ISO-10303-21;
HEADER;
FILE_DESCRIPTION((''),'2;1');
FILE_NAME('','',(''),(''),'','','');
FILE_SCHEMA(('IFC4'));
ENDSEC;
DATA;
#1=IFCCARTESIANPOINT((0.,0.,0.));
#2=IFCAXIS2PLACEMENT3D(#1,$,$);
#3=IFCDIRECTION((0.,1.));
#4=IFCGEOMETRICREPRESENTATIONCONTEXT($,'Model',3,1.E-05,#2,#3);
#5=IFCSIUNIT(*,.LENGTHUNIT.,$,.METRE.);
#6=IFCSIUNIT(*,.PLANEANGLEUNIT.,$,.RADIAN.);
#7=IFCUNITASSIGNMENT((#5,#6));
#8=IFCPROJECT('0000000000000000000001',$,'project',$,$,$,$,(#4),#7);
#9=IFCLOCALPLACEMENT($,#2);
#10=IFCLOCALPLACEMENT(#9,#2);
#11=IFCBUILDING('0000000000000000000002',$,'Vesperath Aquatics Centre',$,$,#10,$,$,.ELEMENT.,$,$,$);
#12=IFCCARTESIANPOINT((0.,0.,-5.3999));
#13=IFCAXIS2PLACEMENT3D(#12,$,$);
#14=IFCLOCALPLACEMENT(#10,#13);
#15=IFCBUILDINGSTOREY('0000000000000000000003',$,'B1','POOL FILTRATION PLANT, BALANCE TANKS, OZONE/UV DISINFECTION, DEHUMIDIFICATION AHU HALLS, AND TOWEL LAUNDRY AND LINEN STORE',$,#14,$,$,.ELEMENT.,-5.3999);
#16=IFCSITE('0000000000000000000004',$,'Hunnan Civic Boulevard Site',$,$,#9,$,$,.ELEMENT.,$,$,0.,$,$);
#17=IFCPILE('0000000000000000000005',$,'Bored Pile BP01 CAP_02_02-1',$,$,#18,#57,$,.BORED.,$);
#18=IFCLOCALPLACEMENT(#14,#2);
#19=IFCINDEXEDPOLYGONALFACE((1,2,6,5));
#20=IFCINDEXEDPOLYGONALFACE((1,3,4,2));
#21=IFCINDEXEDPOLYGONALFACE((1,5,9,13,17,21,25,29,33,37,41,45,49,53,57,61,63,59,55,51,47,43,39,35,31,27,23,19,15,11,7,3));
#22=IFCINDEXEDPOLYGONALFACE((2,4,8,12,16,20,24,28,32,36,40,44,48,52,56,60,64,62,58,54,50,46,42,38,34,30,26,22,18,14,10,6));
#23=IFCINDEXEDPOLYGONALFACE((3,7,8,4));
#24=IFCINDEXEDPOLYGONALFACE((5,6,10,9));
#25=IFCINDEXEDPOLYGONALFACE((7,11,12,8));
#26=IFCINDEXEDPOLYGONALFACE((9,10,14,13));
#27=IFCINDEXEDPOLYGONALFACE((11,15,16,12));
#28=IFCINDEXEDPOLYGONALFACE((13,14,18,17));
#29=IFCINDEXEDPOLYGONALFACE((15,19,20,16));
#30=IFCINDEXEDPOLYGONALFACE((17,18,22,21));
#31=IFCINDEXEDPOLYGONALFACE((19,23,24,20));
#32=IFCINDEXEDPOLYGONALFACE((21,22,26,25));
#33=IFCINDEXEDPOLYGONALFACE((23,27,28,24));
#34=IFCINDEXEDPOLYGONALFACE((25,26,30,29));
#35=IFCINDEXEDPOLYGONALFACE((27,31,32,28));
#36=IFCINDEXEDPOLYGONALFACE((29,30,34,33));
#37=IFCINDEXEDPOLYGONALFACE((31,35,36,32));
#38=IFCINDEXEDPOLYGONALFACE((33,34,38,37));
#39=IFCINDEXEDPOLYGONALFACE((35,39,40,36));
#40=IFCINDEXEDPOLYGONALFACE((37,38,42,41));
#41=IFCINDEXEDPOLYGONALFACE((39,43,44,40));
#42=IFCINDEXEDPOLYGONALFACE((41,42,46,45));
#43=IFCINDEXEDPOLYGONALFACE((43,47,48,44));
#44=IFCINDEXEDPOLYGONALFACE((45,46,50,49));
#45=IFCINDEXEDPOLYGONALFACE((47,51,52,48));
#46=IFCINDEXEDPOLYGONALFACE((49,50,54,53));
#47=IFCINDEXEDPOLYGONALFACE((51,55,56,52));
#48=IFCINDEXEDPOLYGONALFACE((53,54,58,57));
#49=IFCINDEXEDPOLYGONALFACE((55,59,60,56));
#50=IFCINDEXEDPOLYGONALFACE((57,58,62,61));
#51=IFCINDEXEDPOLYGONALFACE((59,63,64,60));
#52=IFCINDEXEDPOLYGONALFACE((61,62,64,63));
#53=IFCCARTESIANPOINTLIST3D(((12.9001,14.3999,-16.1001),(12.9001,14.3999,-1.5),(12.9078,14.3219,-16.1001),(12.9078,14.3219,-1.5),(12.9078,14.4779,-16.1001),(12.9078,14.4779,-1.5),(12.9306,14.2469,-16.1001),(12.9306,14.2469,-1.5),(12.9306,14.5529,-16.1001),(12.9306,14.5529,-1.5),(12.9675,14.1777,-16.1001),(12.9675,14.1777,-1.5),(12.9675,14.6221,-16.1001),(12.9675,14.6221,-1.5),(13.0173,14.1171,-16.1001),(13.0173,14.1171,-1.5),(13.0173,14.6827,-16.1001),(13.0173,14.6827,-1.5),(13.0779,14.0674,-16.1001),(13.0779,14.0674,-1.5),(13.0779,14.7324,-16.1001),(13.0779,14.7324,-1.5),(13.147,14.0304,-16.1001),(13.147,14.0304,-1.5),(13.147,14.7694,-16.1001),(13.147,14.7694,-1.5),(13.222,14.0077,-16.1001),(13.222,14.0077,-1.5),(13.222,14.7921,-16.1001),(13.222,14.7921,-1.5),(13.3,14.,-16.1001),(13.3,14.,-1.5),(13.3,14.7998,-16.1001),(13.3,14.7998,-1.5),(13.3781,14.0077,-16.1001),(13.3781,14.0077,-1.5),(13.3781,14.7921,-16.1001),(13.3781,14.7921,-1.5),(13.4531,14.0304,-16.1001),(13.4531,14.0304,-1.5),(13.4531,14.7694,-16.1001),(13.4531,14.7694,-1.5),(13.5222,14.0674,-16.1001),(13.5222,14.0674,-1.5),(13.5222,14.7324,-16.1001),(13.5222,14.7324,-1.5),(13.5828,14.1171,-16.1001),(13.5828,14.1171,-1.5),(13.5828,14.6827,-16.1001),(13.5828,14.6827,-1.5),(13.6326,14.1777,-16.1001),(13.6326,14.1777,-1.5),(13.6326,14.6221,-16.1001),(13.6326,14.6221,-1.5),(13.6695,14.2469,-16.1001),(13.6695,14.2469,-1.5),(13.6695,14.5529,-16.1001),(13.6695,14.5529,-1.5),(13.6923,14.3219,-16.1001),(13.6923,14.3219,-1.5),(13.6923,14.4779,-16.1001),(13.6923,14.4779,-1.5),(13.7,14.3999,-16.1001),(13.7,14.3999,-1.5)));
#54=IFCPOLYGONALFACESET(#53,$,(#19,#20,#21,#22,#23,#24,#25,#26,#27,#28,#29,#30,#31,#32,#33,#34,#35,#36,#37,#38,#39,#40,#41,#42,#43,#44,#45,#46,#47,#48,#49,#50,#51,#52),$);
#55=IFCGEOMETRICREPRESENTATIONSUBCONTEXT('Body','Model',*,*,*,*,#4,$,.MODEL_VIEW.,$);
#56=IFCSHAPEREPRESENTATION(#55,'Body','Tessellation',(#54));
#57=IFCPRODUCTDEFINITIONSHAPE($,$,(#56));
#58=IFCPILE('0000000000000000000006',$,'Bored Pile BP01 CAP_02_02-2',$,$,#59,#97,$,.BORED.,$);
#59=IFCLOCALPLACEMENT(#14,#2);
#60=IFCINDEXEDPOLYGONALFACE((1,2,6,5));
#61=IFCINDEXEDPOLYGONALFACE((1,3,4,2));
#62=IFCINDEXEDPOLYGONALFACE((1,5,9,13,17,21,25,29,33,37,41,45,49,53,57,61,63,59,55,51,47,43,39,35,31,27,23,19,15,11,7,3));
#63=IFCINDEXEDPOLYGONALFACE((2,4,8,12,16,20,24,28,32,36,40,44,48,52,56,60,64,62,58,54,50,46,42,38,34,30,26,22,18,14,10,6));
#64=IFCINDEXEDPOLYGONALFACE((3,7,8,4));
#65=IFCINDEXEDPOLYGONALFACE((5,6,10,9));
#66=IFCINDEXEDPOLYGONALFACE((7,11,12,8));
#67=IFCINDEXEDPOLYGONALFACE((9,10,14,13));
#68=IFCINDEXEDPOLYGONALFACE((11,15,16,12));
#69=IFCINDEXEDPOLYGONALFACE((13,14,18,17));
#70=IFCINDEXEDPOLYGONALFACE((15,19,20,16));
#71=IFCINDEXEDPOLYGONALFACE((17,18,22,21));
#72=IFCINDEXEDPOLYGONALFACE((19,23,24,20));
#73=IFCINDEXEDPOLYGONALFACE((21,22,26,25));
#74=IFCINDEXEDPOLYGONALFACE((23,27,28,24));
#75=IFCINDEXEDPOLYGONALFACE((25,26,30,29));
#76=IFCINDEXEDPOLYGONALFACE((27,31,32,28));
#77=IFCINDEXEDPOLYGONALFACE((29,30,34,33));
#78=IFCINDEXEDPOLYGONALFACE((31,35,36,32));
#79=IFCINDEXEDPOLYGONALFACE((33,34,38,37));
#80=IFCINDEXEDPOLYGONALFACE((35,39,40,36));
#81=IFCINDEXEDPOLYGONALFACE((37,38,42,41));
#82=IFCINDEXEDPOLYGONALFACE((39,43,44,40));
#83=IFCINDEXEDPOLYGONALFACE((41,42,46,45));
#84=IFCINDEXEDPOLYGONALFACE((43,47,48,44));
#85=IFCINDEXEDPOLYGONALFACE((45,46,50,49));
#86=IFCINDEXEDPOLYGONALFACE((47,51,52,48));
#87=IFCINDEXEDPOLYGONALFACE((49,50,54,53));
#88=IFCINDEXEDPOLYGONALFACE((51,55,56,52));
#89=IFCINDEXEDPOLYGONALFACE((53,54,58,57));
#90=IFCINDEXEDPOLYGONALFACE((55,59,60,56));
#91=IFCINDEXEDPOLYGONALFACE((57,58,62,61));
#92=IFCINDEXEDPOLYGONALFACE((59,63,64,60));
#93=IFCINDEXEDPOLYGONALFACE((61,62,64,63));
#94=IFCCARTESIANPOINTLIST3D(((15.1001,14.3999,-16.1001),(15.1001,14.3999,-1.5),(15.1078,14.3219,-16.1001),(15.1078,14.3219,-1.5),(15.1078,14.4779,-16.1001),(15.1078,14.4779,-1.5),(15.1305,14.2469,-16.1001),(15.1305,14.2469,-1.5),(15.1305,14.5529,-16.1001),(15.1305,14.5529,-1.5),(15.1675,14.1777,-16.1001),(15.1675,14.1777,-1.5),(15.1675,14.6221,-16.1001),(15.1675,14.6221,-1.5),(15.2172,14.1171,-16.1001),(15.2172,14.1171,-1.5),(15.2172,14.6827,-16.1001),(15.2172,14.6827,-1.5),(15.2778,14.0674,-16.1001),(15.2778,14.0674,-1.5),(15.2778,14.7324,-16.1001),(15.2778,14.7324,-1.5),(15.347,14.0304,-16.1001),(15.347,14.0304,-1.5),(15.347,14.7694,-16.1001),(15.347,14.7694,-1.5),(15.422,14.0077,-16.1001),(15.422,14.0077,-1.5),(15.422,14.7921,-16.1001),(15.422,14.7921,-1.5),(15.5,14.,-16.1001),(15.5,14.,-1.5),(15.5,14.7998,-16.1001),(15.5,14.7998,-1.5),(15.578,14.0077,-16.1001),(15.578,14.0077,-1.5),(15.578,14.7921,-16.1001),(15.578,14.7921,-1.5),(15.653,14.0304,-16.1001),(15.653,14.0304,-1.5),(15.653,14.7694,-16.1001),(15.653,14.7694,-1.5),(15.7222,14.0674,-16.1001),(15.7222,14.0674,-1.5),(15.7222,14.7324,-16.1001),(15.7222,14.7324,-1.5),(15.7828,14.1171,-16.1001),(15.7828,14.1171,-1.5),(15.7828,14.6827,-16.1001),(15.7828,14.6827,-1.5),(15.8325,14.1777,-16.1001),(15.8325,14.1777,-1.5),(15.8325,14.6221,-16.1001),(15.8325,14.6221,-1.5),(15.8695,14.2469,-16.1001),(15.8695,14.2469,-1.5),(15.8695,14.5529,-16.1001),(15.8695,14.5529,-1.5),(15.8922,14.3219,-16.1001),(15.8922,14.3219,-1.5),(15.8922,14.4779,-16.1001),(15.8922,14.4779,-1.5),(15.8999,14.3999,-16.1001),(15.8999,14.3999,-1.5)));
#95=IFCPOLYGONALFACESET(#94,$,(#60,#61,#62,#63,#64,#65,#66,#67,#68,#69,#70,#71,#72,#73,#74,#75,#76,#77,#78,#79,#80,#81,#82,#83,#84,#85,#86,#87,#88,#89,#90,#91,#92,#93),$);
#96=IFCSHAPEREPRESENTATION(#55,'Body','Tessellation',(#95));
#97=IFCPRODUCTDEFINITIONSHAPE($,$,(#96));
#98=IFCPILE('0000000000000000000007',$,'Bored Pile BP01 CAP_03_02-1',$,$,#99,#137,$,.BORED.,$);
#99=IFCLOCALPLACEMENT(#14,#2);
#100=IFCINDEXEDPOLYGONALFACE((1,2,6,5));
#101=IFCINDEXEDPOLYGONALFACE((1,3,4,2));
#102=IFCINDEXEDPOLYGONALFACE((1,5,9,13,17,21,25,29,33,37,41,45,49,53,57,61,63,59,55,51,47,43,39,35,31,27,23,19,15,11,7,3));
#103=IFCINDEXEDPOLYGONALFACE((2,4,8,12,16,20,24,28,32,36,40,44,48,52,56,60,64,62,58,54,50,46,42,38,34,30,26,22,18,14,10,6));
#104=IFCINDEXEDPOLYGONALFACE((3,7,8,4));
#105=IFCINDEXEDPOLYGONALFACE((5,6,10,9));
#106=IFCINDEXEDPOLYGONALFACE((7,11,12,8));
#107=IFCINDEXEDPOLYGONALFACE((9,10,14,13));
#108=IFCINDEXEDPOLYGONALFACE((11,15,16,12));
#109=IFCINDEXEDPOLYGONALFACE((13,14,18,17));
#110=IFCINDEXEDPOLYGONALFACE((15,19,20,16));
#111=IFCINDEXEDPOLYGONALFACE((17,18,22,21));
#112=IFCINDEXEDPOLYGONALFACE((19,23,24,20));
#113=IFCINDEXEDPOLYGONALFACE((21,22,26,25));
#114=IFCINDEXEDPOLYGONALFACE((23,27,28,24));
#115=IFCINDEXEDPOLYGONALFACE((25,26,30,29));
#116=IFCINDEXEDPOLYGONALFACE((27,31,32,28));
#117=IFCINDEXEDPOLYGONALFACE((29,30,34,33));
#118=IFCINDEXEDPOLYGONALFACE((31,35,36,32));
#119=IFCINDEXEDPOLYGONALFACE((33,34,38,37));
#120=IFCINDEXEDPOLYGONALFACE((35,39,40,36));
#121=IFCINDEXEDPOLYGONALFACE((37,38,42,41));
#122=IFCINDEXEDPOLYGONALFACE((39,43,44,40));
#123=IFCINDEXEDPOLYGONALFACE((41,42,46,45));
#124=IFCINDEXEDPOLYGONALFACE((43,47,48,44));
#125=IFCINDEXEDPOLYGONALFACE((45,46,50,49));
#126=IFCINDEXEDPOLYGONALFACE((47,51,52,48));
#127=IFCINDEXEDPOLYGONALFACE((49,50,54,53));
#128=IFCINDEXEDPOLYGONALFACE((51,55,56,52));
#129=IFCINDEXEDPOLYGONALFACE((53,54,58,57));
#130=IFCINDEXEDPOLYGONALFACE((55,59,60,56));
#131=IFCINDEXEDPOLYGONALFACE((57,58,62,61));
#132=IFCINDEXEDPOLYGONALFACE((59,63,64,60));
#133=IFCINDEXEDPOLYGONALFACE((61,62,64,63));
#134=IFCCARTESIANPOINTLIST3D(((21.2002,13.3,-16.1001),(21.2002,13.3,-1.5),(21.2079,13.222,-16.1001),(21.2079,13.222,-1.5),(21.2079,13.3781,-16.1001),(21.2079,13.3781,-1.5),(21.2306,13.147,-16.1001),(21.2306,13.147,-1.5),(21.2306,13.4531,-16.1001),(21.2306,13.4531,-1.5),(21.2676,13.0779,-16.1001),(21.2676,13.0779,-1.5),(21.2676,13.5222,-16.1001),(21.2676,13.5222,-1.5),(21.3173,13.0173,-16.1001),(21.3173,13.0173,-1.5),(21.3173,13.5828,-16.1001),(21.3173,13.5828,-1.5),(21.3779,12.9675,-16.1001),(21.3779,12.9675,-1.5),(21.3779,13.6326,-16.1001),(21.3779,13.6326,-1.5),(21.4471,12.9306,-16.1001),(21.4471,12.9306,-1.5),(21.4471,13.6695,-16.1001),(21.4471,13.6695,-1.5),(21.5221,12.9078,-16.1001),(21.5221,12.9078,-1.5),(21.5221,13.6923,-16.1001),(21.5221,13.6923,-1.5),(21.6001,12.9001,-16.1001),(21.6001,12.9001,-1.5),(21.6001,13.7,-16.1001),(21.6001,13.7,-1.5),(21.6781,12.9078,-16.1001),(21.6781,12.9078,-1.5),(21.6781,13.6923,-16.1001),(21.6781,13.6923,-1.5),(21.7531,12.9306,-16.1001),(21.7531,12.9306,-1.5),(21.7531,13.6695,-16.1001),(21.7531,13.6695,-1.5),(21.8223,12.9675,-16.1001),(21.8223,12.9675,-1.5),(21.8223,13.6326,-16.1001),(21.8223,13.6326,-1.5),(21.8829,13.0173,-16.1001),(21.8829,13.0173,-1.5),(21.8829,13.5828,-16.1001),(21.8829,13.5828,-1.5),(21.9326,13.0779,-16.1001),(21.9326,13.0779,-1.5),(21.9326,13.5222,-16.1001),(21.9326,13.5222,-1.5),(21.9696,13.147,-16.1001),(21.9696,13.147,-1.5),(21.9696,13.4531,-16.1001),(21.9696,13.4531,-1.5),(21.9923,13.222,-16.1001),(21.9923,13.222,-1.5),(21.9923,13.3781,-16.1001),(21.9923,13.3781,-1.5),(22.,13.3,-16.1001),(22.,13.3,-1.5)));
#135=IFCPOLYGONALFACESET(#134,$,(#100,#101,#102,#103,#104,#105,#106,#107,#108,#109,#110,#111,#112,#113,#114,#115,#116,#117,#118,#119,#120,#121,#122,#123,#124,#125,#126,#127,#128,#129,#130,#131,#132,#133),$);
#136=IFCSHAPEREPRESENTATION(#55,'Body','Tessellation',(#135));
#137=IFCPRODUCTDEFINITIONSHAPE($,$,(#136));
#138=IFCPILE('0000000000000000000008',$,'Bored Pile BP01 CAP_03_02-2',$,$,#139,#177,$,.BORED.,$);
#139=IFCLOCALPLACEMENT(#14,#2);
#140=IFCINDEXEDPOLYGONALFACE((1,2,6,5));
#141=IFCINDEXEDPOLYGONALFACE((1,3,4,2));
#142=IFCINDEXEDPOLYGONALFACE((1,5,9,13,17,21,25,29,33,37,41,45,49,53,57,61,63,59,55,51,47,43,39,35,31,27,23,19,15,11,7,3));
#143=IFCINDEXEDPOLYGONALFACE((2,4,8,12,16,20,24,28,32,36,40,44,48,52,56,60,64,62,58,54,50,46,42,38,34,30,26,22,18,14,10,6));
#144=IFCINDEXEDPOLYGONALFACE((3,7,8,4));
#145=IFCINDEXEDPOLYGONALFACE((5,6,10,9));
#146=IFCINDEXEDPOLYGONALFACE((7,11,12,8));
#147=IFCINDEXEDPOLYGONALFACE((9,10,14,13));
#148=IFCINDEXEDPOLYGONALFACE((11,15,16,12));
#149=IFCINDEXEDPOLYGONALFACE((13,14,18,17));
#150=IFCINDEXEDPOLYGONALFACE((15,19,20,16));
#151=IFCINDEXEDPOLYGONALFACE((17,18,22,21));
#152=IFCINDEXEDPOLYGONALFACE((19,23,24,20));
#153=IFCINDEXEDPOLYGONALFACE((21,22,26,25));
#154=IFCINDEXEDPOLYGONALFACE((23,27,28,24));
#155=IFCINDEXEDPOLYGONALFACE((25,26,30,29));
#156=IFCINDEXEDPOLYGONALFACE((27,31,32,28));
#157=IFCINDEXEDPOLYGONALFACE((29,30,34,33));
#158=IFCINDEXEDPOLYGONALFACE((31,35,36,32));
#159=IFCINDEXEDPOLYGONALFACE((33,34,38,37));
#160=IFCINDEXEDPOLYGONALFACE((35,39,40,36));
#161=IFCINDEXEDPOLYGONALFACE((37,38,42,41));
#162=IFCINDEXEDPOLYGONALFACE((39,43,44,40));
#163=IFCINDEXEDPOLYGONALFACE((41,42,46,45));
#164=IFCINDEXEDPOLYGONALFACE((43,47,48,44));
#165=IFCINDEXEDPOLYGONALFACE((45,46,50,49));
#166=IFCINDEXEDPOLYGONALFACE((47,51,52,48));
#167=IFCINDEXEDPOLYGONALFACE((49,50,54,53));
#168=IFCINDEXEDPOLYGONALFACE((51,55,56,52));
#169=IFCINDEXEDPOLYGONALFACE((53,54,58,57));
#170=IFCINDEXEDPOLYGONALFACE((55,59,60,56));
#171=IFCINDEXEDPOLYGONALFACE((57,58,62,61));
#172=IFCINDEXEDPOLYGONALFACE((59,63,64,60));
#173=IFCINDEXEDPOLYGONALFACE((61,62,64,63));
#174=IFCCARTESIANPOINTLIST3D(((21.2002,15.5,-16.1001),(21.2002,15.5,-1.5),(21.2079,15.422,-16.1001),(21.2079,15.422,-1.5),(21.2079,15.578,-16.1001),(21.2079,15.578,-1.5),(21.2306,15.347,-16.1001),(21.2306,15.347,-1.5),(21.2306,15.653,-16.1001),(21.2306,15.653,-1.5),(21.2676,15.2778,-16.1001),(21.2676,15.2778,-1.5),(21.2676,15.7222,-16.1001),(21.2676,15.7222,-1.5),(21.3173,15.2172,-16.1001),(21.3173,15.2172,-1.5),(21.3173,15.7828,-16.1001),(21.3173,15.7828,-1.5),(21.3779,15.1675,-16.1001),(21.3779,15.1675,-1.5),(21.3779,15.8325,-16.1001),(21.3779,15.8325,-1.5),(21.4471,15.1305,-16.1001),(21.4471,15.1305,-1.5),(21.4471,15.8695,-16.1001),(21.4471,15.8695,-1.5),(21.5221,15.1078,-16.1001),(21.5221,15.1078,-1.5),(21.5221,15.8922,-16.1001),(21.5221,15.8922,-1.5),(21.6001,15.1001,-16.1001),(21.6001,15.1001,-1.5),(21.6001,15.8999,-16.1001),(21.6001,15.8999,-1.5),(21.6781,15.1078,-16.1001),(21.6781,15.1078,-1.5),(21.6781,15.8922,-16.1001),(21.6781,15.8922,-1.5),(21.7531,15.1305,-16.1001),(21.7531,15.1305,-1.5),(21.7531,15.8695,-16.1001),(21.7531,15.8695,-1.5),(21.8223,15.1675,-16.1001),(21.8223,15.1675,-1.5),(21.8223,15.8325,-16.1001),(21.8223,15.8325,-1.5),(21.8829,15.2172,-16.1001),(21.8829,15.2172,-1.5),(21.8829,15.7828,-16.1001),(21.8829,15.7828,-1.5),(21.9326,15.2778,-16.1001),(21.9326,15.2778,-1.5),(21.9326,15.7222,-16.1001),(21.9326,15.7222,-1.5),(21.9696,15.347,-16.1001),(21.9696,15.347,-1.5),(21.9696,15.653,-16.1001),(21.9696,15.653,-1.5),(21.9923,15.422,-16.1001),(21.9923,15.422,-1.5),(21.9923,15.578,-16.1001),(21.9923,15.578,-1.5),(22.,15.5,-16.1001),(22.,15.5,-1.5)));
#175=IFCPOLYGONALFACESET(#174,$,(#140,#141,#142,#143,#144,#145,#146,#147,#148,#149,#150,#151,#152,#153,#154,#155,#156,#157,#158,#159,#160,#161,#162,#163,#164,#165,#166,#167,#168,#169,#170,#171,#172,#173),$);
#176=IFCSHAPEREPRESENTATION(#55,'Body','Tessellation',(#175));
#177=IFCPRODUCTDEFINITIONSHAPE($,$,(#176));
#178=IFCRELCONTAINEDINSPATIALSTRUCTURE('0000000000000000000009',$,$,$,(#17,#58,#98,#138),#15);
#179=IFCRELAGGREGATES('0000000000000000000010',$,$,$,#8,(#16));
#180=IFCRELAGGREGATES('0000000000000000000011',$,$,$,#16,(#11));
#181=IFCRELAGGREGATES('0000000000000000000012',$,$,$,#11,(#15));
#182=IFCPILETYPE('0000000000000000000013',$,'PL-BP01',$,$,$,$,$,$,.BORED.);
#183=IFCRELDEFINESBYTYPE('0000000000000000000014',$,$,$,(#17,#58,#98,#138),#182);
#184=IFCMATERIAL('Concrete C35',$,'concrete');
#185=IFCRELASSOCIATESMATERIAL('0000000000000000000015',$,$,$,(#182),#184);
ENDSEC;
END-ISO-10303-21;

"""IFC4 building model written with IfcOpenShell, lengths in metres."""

from ifc_helpers import new_model, si_unit, direction, frame, origin, origin_2d, place, context, subcontext, project, spatial, circle, extrude, material, material_profile, profile_set, type_object, element, save


model = new_model("IFC4")

# Units and contexts
model_context = context("Model", 3, precision=1e-05, world=origin(), true_north=direction((0.0, 1.0)))
body_context = subcontext(model_context, "Body", "Model", "MODEL_VIEW")
ifc_project = project(units=[si_unit("LENGTHUNIT", "METRE"), si_unit("PLANEANGLEUNIT", "RADIAN")], contexts=[model_context])

# Site, building, storey
site_placement = place(None, origin())
site = spatial("IfcSite", under=ifc_project, at=site_placement, Name="Hunnan Civic Boulevard Site", CompositionType="ELEMENT", RefElevation=0.0)
building_placement = place(site_placement, origin())
building = spatial("IfcBuilding", under=site, at=building_placement, Name="Vesperath Aquatics Centre", CompositionType="ELEMENT")
storey_placement = place(building_placement, frame((0.0, 0.0, -5.3999)))
storey = spatial("IfcBuildingStorey", under=building, at=storey_placement, Name="B1", Description="POOL FILTRATION PLANT, BALANCE TANKS, OZONE/UV DISINFECTION, DEHUMIDIFICATION AHU HALLS, AND TOWEL LAUNDRY AND LINEN STORE", CompositionType="ELEMENT", Elevation=-5.3999)

# Piles
ifc_material_1 = material(Name="Concrete C35", Category="concrete")
ifc_material_profile_1 = material_profile(ifc_material_1, circle(Radius=0.3999, at=origin_2d()), Name="PILE D800")
ifc_profile_set_1 = profile_set([ifc_material_profile_1], Name="Concrete C35")
pile_type_1 = type_object("IfcPileType", Name="PL-BP01", PredefinedType="BORED", material=ifc_profile_set_1)
for number, where, z_axis, x_axis, name in (
    (1, (13.3, 14.3999, -1.5), (0.0, 0.0, -1.0), (1.0, 0.0, 0.0), "Bored Pile BP01 CAP_02_02-1"),
    (2, (15.5, 14.3999, -1.5), (0.0, 0.0, -1.0), (1.0, 0.0, 0.0), "Bored Pile BP01 CAP_02_02-2"),
    (3, (21.6001, 13.3, -1.5), (0.0, 0.0, -1.0), (1.0, 0.0, 0.0), "Bored Pile BP01 CAP_03_02-1"),
    (4, (21.6001, 15.5, -1.5), (0.0, 0.0, -1.0), (1.0, 0.0, 0.0), "Bored Pile BP01 CAP_03_02-2"),
):
    element("IfcPile", number, at=place(storey_placement, frame(where, z_axis=z_axis, x_axis=x_axis)), inside=storey, type_object=pile_type_1, Name=name, PredefinedType="BORED", context=body_context, shape_type="SweptSolid", body=[
        extrude(circle(Radius=0.3999, at=origin_2d()), origin(), (0.0, 0.0, 1.0), 14.6001),
    ])

save(model, "model.ifc")
